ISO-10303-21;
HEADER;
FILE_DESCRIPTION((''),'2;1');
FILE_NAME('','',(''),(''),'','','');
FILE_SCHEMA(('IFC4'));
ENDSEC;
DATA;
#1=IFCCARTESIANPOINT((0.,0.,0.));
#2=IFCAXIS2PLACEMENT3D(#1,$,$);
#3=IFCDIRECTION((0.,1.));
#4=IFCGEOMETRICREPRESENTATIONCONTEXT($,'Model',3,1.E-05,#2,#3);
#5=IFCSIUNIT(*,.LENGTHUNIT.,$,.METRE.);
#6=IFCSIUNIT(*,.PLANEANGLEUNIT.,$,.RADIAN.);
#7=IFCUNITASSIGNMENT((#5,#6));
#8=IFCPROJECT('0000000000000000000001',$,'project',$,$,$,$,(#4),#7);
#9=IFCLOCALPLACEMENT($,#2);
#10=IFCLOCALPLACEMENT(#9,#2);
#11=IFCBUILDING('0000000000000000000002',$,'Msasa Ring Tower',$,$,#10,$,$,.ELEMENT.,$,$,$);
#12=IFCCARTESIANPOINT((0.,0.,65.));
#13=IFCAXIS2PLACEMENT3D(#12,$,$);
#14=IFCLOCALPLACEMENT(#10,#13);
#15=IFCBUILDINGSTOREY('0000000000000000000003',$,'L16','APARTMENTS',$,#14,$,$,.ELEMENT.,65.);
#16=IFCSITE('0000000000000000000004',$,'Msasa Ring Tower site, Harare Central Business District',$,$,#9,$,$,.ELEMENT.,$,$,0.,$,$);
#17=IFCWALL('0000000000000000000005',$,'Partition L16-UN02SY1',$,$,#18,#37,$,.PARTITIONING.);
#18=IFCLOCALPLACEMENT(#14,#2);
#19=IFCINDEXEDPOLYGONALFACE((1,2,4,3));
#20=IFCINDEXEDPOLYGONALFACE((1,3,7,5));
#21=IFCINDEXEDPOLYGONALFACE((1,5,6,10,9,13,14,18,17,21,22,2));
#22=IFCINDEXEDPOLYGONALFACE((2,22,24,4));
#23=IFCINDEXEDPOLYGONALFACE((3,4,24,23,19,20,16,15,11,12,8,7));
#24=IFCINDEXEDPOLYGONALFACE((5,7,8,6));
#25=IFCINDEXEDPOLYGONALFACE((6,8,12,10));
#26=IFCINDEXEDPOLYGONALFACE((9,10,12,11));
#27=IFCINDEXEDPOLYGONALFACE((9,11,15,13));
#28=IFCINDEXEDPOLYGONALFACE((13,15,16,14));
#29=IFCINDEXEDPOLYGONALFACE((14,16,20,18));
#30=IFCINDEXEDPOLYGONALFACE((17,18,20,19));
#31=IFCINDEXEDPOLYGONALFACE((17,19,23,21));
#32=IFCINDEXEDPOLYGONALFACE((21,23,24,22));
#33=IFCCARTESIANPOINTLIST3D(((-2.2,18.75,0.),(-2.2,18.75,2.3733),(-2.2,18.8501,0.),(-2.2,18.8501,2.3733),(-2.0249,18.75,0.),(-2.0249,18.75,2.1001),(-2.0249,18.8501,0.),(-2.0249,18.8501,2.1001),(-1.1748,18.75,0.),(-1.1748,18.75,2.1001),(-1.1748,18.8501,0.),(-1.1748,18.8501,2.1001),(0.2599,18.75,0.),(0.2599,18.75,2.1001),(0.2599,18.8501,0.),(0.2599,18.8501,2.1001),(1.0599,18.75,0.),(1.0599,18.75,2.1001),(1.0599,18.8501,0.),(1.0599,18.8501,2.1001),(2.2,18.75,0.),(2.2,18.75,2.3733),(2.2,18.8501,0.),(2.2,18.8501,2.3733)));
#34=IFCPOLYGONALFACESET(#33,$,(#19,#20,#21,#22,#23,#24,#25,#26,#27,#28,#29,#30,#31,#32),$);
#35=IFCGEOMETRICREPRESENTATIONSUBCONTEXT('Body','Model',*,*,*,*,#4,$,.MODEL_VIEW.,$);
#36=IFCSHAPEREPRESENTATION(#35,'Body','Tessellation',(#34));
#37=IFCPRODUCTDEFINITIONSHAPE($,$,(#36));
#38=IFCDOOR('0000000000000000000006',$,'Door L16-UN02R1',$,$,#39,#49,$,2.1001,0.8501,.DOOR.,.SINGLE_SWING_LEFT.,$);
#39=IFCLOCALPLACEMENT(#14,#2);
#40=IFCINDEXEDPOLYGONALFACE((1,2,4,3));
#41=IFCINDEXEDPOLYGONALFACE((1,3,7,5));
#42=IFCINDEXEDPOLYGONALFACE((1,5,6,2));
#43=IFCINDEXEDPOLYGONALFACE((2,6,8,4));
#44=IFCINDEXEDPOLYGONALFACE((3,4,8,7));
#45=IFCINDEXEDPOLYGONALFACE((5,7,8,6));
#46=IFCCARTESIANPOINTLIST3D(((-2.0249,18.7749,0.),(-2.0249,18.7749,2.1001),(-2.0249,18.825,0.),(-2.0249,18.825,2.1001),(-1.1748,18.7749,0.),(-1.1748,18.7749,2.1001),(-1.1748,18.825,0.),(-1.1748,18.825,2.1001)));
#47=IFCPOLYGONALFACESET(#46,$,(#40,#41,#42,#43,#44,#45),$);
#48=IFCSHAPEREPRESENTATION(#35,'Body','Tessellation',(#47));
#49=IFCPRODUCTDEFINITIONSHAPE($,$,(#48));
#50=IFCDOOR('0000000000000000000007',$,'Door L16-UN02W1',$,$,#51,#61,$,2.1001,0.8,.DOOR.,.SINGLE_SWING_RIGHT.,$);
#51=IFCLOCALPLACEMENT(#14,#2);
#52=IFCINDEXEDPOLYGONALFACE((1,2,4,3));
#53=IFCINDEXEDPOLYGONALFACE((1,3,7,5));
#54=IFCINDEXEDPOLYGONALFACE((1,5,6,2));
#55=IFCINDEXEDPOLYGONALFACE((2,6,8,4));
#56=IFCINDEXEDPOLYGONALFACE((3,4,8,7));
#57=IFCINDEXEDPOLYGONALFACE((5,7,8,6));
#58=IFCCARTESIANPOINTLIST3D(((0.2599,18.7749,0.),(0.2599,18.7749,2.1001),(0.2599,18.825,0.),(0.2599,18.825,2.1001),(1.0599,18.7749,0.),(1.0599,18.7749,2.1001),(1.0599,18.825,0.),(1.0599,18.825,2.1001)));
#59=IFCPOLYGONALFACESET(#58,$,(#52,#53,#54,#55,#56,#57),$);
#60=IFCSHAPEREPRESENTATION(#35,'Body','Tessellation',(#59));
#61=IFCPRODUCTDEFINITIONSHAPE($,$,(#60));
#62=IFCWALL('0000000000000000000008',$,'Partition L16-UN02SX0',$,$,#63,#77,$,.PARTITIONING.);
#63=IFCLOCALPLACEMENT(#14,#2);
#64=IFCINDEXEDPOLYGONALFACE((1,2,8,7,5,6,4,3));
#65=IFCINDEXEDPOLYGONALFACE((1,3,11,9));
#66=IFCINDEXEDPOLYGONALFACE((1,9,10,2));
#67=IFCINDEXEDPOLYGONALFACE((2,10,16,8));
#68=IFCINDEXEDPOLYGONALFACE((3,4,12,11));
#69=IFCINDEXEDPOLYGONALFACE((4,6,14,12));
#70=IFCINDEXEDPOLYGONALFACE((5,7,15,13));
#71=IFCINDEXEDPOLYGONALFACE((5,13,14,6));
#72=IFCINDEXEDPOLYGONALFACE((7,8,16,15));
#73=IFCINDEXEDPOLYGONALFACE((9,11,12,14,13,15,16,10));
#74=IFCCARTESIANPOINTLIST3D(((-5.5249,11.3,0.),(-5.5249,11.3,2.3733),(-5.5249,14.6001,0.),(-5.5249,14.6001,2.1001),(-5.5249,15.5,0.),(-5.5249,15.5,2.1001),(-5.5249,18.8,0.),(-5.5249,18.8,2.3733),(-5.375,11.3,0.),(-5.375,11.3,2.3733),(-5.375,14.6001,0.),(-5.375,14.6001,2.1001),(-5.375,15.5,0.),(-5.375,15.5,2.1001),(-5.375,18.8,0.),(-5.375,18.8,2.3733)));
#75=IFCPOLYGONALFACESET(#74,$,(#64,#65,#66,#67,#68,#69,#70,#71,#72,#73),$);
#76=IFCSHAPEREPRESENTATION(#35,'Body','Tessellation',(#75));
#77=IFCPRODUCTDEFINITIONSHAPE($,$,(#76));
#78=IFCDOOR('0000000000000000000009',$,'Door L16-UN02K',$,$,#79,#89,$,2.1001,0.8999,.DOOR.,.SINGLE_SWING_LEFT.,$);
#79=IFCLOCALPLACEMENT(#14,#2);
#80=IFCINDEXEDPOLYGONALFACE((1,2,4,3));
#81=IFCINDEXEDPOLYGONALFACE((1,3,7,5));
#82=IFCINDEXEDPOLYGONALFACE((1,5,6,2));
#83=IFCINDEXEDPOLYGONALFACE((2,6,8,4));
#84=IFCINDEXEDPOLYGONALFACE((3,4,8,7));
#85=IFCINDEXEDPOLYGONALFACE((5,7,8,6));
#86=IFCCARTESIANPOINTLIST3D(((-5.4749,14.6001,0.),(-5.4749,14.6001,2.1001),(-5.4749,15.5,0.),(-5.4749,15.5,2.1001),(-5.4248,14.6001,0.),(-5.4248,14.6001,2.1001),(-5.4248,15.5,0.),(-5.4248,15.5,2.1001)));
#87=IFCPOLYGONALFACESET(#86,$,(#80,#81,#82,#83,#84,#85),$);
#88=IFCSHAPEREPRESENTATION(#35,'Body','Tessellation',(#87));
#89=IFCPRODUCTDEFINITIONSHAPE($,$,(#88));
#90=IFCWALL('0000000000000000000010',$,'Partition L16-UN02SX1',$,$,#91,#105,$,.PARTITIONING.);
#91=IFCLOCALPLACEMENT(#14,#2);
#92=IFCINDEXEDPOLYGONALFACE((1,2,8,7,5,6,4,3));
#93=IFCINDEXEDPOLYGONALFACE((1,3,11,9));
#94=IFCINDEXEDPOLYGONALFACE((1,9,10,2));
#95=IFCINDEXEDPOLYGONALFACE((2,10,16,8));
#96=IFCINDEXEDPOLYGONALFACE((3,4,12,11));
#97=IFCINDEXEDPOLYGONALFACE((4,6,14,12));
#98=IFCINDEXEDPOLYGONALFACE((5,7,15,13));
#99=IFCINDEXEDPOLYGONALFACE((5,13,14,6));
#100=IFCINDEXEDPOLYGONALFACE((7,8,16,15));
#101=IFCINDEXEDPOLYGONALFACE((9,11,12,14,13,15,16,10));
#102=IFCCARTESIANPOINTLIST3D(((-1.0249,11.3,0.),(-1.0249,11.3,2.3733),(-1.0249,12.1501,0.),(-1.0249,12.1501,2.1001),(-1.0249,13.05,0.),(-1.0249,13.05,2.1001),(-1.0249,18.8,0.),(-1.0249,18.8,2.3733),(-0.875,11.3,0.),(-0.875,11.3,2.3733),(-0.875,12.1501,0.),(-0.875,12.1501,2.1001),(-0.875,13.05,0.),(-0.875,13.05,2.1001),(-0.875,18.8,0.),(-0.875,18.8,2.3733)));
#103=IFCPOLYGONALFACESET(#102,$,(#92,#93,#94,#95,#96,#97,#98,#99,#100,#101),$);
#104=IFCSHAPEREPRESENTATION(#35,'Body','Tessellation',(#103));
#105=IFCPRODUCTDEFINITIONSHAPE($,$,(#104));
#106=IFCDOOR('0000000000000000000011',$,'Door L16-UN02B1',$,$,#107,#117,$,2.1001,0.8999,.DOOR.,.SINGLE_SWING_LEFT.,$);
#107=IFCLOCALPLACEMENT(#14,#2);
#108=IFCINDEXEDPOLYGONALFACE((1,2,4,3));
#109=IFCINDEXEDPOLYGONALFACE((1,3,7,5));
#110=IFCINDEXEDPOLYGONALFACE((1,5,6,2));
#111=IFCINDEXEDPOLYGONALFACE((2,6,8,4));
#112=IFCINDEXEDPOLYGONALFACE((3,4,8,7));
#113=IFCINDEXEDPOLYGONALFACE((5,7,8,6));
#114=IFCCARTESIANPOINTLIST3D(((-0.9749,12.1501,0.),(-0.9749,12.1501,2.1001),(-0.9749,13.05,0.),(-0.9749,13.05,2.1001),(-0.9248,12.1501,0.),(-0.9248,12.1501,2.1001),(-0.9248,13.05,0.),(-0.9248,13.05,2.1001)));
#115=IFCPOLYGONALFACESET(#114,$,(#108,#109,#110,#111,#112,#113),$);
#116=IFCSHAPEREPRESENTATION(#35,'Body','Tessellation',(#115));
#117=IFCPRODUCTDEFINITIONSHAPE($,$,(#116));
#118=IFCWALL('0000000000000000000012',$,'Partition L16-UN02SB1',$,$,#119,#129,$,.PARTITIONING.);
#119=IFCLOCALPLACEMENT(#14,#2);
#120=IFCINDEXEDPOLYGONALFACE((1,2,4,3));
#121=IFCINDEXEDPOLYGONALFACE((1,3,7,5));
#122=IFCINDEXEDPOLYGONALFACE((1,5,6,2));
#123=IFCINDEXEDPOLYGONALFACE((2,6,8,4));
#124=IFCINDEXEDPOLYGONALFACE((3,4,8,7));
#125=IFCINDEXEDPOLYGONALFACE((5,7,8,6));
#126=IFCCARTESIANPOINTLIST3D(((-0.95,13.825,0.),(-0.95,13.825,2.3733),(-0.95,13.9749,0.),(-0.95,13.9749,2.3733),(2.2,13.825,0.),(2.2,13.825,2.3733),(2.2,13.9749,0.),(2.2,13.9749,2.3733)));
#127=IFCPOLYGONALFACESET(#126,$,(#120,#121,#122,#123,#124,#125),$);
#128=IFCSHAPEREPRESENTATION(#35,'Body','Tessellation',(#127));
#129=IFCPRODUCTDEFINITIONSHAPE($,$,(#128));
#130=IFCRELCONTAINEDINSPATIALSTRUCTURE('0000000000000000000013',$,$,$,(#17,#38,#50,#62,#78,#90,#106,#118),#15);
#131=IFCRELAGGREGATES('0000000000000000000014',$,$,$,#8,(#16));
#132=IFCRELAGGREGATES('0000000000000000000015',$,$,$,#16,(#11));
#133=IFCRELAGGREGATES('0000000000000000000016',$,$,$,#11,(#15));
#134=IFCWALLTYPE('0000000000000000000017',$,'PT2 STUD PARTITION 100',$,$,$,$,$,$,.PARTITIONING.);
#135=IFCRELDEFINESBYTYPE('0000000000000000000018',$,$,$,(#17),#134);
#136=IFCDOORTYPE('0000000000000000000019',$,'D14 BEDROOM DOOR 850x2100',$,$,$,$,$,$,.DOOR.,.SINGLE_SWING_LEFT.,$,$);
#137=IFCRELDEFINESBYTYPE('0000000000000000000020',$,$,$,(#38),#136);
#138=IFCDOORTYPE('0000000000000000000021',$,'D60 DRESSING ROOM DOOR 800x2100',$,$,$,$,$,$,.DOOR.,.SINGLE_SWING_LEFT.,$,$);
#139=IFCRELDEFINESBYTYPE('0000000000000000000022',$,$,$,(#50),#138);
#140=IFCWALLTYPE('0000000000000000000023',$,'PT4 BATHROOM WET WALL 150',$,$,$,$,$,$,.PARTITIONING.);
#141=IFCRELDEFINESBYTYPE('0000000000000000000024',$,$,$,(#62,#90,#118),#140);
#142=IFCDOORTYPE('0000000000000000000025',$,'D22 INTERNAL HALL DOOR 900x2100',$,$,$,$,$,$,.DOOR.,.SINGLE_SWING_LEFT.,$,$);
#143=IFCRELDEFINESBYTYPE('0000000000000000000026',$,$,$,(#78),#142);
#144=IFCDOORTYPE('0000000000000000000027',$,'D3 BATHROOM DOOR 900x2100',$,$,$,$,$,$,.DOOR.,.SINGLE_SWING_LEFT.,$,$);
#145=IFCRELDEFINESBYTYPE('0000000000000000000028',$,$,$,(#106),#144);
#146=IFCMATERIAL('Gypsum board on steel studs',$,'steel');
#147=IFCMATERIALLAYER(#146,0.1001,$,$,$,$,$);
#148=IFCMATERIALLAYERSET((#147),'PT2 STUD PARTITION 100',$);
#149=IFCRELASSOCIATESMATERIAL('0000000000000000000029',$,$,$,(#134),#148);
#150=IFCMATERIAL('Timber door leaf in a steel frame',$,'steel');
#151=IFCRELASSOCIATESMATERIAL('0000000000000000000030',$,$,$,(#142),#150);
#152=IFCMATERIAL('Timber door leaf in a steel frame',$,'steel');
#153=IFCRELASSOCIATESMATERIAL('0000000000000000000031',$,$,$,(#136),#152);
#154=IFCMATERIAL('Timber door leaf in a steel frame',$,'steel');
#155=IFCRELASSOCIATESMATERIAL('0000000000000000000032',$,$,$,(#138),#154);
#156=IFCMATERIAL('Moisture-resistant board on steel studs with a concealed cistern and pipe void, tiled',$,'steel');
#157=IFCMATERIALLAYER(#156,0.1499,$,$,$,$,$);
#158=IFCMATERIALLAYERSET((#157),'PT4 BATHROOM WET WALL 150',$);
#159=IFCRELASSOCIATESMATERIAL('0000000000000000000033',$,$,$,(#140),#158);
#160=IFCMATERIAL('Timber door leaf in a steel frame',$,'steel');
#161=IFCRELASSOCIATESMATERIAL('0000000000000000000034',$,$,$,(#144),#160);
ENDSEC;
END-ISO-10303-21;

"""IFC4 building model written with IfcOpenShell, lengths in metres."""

from ifc_helpers import new_model, si_unit, direction, frame, frame_2d, origin, place, context, subcontext, project, spatial, rectangle, extrude, material, layer, layer_set, type_object, element, fill, save


model = new_model("IFC4")

# Units and contexts
model_context = context("Model", 3, precision=1e-05, world=origin(), true_north=direction((0.0, 1.0)))
body_context = subcontext(model_context, "Body", "Model", "MODEL_VIEW")
ifc_project = project(units=[si_unit("LENGTHUNIT", "METRE"), si_unit("PLANEANGLEUNIT", "RADIAN")], contexts=[model_context])

# Site, building, storey
site_placement = place(None, origin())
site = spatial("IfcSite", under=ifc_project, at=site_placement, Name="Msasa Ring Tower site, Harare Central Business District", CompositionType="ELEMENT", RefElevation=0.0)
building_placement = place(site_placement, origin())
building = spatial("IfcBuilding", under=site, at=building_placement, Name="Msasa Ring Tower", CompositionType="ELEMENT")
storey_placement = place(building_placement, frame((0.0, 0.0, 65.0)))
storey = spatial("IfcBuildingStorey", under=building, at=storey_placement, Name="L16", Description="APARTMENTS", CompositionType="ELEMENT", Elevation=65.0)

# Shared definitions
ifc_material_1 = material(Name="Gypsum board on steel studs", Category="steel")
ifc_layer_1 = layer(ifc_material_1, 0.1001)
ifc_layer_set_1 = layer_set([ifc_layer_1], Name="PT2 STUD PARTITION 100")
wall_type_1 = type_object("IfcWallType", Name="PT2 STUD PARTITION 100", PredefinedType="PARTITIONING", material=ifc_layer_set_1)

# Shared definitions
ifc_material_2 = material(Name="Timber door leaf in a steel frame", Category="steel")
door_type_1 = type_object("IfcDoorType", Name="D22 INTERNAL HALL DOOR 900x2100", OperationType="SINGLE_SWING_LEFT", PredefinedType="DOOR", material=ifc_material_2)

# Wall, openings, doors
wall_1_placement = place(storey_placement, frame((-2.2, 18.8, 0.0), z_axis=(0.0, 0.0, 1.0), x_axis=(1.0, 0.0, 0.0)))
wall_1 = element("IfcWall", 1, at=wall_1_placement, inside=storey, type_object=wall_type_1, Name="Partition L16-UN02SY1", PredefinedType="PARTITIONING", context=body_context, shape_type="SweptSolid", body=[
    extrude(rectangle(XDim=4.3999, YDim=0.1001, at=frame_2d((2.2, 0.0))), origin(), (0.0, 0.0, 1.0), 2.3733),
])
opening_1_placement = place(wall_1_placement, frame((0.175, 0.0, 0.0)))
opening_1 = element("IfcOpeningElement", 2, at=opening_1_placement, cuts=wall_1, PredefinedType="OPENING", context=body_context, shape_type="SweptSolid", body=[
    extrude(rectangle(XDim=0.8501, YDim=2.1001, at=frame_2d((0.425, 1.05))), frame((0.0, 0.0601, 0.0), z_axis=(0.0, -1.0, 0.0), x_axis=(1.0, 0.0, 0.0)), (0.0, 0.0, 1.0), 0.1201),
])
opening_2_placement = place(wall_1_placement, frame((2.46, 0.0, 0.0)))
opening_2 = element("IfcOpeningElement", 3, at=opening_2_placement, cuts=wall_1, PredefinedType="OPENING", context=body_context, shape_type="SweptSolid", body=[
    extrude(rectangle(XDim=0.8, YDim=2.1001, at=frame_2d((0.3999, 1.05))), frame((0.0, 0.0601, 0.0), z_axis=(0.0, -1.0, 0.0), x_axis=(1.0, 0.0, 0.0)), (0.0, 0.0, 1.0), 0.1201),
])
ifc_material_3 = material(Name="Timber door leaf in a steel frame", Category="steel")
door_type_2 = type_object("IfcDoorType", Name="D14 BEDROOM DOOR 850x2100", OperationType="SINGLE_SWING_LEFT", PredefinedType="DOOR", material=ifc_material_3)
door_1_placement = place(opening_1_placement, origin())
door_1 = element("IfcDoor", 4, at=door_1_placement, inside=storey, type_object=door_type_2, Name="Door L16-UN02R1", OperationType="SINGLE_SWING_LEFT", OverallHeight=2.1001, OverallWidth=0.8501, PredefinedType="DOOR", context=body_context, shape_type="SweptSolid", body=[
    extrude(rectangle(XDim=0.8501, YDim=2.1001, at=frame_2d((0.425, 1.05))), frame((0.0, 0.0249, 0.0), z_axis=(0.0, -1.0, 0.0), x_axis=(1.0, 0.0, 0.0)), (0.0, 0.0, 1.0), 0.05),
])
fill(opening_1, door_1)
ifc_material_4 = material(Name="Timber door leaf in a steel frame", Category="steel")
door_type_3 = type_object("IfcDoorType", Name="D60 DRESSING ROOM DOOR 800x2100", OperationType="SINGLE_SWING_LEFT", PredefinedType="DOOR", material=ifc_material_4)
door_2_placement = place(opening_2_placement, origin())
door_2 = element("IfcDoor", 5, at=door_2_placement, inside=storey, type_object=door_type_3, Name="Door L16-UN02W1", OperationType="SINGLE_SWING_RIGHT", OverallHeight=2.1001, OverallWidth=0.8, PredefinedType="DOOR", context=body_context, shape_type="SweptSolid", body=[
    extrude(rectangle(XDim=0.8, YDim=2.1001, at=frame_2d((0.3999, 1.05))), frame((0.0, 0.0249, 0.0), z_axis=(0.0, -1.0, 0.0), x_axis=(1.0, 0.0, 0.0)), (0.0, 0.0, 1.0), 0.05),
])
fill(opening_2, door_2)

# Walls, openings, doors
ifc_material_5 = material(Name="Moisture-resistant board on steel studs with a concealed cistern and pipe void, tiled", Category="steel")
ifc_layer_2 = layer(ifc_material_5, 0.1499)
ifc_layer_set_2 = layer_set([ifc_layer_2], Name="PT4 BATHROOM WET WALL 150")
wall_type_2 = type_object("IfcWallType", Name="PT4 BATHROOM WET WALL 150", PredefinedType="PARTITIONING", material=ifc_layer_set_2)
wall_2_placement = place(storey_placement, frame((-5.45, 11.3, 0.0), z_axis=(0.0, 0.0, 1.0), x_axis=(0.0, 1.0, 0.0)))
wall_2 = element("IfcWall", 6, at=wall_2_placement, inside=storey, type_object=wall_type_2, Name="Partition L16-UN02SX0", PredefinedType="PARTITIONING", context=body_context, shape_type="SweptSolid", body=[
    extrude(rectangle(XDim=7.5, YDim=0.1499, at=frame_2d((3.75, 0.0))), origin(), (0.0, 0.0, 1.0), 2.3733),
])
opening_3_placement = place(wall_2_placement, frame((3.3, 0.0, 0.0)))
opening_3 = element("IfcOpeningElement", 7, at=opening_3_placement, cuts=wall_2, PredefinedType="OPENING", context=body_context, shape_type="SweptSolid", body=[
    extrude(rectangle(XDim=0.8999, YDim=2.1001, at=frame_2d((0.45, 1.05))), frame((0.0, 0.085, 0.0), z_axis=(0.0, -1.0, 0.0), x_axis=(1.0, 0.0, 0.0)), (0.0, 0.0, 1.0), 0.1699),
])
door_3_placement = place(opening_3_placement, origin())
door_3 = element("IfcDoor", 8, at=door_3_placement, inside=storey, type_object=door_type_1, Name="Door L16-UN02K", OperationType="SINGLE_SWING_LEFT", OverallHeight=2.1001, OverallWidth=0.8999, PredefinedType="DOOR", context=body_context, shape_type="SweptSolid", body=[
    extrude(rectangle(XDim=0.8999, YDim=2.1001, at=frame_2d((0.45, 1.05))), frame((0.0, 0.0249, 0.0), z_axis=(0.0, -1.0, 0.0), x_axis=(1.0, 0.0, 0.0)), (0.0, 0.0, 1.0), 0.05),
])
fill(opening_3, door_3)
wall_3_placement = place(storey_placement, frame((-0.95, 11.3, 0.0), z_axis=(0.0, 0.0, 1.0), x_axis=(0.0, 1.0, 0.0)))
wall_3 = element("IfcWall", 9, at=wall_3_placement, inside=storey, type_object=wall_type_2, Name="Partition L16-UN02SX1", PredefinedType="PARTITIONING", context=body_context, shape_type="SweptSolid", body=[
    extrude(rectangle(XDim=7.5, YDim=0.1499, at=frame_2d((3.75, 0.0))), origin(), (0.0, 0.0, 1.0), 2.3733),
])
opening_4_placement = place(wall_3_placement, frame((0.8501, 0.0, 0.0)))
opening_4 = element("IfcOpeningElement", 10, at=opening_4_placement, cuts=wall_3, PredefinedType="OPENING", context=body_context, shape_type="SweptSolid", body=[
    extrude(rectangle(XDim=0.8999, YDim=2.1001, at=frame_2d((0.45, 1.05))), frame((0.0, 0.085, 0.0), z_axis=(0.0, -1.0, 0.0), x_axis=(1.0, 0.0, 0.0)), (0.0, 0.0, 1.0), 0.1699),
])
ifc_material_6 = material(Name="Timber door leaf in a steel frame", Category="steel")
door_type_4 = type_object("IfcDoorType", Name="D3 BATHROOM DOOR 900x2100", OperationType="SINGLE_SWING_LEFT", PredefinedType="DOOR", material=ifc_material_6)
door_4_placement = place(opening_4_placement, origin())
door_4 = element("IfcDoor", 11, at=door_4_placement, inside=storey, type_object=door_type_4, Name="Door L16-UN02B1", OperationType="SINGLE_SWING_LEFT", OverallHeight=2.1001, OverallWidth=0.8999, PredefinedType="DOOR", context=body_context, shape_type="SweptSolid", body=[
    extrude(rectangle(XDim=0.8999, YDim=2.1001, at=frame_2d((0.45, 1.05))), frame((0.0, 0.0249, 0.0), z_axis=(0.0, -1.0, 0.0), x_axis=(1.0, 0.0, 0.0)), (0.0, 0.0, 1.0), 0.05),
])
fill(opening_4, door_4)

# Wall
wall_4_placement = place(storey_placement, frame((-0.95, 13.8999, 0.0), z_axis=(0.0, 0.0, 1.0), x_axis=(1.0, 0.0, 0.0)))
element("IfcWall", 12, at=wall_4_placement, inside=storey, type_object=wall_type_2, Name="Partition L16-UN02SB1", PredefinedType="PARTITIONING", context=body_context, shape_type="SweptSolid", body=[
    extrude(rectangle(XDim=3.1499, YDim=0.1499, at=frame_2d((1.575, 0.0))), origin(), (0.0, 0.0, 1.0), 2.3733),
])

save(model, "model.ifc")
